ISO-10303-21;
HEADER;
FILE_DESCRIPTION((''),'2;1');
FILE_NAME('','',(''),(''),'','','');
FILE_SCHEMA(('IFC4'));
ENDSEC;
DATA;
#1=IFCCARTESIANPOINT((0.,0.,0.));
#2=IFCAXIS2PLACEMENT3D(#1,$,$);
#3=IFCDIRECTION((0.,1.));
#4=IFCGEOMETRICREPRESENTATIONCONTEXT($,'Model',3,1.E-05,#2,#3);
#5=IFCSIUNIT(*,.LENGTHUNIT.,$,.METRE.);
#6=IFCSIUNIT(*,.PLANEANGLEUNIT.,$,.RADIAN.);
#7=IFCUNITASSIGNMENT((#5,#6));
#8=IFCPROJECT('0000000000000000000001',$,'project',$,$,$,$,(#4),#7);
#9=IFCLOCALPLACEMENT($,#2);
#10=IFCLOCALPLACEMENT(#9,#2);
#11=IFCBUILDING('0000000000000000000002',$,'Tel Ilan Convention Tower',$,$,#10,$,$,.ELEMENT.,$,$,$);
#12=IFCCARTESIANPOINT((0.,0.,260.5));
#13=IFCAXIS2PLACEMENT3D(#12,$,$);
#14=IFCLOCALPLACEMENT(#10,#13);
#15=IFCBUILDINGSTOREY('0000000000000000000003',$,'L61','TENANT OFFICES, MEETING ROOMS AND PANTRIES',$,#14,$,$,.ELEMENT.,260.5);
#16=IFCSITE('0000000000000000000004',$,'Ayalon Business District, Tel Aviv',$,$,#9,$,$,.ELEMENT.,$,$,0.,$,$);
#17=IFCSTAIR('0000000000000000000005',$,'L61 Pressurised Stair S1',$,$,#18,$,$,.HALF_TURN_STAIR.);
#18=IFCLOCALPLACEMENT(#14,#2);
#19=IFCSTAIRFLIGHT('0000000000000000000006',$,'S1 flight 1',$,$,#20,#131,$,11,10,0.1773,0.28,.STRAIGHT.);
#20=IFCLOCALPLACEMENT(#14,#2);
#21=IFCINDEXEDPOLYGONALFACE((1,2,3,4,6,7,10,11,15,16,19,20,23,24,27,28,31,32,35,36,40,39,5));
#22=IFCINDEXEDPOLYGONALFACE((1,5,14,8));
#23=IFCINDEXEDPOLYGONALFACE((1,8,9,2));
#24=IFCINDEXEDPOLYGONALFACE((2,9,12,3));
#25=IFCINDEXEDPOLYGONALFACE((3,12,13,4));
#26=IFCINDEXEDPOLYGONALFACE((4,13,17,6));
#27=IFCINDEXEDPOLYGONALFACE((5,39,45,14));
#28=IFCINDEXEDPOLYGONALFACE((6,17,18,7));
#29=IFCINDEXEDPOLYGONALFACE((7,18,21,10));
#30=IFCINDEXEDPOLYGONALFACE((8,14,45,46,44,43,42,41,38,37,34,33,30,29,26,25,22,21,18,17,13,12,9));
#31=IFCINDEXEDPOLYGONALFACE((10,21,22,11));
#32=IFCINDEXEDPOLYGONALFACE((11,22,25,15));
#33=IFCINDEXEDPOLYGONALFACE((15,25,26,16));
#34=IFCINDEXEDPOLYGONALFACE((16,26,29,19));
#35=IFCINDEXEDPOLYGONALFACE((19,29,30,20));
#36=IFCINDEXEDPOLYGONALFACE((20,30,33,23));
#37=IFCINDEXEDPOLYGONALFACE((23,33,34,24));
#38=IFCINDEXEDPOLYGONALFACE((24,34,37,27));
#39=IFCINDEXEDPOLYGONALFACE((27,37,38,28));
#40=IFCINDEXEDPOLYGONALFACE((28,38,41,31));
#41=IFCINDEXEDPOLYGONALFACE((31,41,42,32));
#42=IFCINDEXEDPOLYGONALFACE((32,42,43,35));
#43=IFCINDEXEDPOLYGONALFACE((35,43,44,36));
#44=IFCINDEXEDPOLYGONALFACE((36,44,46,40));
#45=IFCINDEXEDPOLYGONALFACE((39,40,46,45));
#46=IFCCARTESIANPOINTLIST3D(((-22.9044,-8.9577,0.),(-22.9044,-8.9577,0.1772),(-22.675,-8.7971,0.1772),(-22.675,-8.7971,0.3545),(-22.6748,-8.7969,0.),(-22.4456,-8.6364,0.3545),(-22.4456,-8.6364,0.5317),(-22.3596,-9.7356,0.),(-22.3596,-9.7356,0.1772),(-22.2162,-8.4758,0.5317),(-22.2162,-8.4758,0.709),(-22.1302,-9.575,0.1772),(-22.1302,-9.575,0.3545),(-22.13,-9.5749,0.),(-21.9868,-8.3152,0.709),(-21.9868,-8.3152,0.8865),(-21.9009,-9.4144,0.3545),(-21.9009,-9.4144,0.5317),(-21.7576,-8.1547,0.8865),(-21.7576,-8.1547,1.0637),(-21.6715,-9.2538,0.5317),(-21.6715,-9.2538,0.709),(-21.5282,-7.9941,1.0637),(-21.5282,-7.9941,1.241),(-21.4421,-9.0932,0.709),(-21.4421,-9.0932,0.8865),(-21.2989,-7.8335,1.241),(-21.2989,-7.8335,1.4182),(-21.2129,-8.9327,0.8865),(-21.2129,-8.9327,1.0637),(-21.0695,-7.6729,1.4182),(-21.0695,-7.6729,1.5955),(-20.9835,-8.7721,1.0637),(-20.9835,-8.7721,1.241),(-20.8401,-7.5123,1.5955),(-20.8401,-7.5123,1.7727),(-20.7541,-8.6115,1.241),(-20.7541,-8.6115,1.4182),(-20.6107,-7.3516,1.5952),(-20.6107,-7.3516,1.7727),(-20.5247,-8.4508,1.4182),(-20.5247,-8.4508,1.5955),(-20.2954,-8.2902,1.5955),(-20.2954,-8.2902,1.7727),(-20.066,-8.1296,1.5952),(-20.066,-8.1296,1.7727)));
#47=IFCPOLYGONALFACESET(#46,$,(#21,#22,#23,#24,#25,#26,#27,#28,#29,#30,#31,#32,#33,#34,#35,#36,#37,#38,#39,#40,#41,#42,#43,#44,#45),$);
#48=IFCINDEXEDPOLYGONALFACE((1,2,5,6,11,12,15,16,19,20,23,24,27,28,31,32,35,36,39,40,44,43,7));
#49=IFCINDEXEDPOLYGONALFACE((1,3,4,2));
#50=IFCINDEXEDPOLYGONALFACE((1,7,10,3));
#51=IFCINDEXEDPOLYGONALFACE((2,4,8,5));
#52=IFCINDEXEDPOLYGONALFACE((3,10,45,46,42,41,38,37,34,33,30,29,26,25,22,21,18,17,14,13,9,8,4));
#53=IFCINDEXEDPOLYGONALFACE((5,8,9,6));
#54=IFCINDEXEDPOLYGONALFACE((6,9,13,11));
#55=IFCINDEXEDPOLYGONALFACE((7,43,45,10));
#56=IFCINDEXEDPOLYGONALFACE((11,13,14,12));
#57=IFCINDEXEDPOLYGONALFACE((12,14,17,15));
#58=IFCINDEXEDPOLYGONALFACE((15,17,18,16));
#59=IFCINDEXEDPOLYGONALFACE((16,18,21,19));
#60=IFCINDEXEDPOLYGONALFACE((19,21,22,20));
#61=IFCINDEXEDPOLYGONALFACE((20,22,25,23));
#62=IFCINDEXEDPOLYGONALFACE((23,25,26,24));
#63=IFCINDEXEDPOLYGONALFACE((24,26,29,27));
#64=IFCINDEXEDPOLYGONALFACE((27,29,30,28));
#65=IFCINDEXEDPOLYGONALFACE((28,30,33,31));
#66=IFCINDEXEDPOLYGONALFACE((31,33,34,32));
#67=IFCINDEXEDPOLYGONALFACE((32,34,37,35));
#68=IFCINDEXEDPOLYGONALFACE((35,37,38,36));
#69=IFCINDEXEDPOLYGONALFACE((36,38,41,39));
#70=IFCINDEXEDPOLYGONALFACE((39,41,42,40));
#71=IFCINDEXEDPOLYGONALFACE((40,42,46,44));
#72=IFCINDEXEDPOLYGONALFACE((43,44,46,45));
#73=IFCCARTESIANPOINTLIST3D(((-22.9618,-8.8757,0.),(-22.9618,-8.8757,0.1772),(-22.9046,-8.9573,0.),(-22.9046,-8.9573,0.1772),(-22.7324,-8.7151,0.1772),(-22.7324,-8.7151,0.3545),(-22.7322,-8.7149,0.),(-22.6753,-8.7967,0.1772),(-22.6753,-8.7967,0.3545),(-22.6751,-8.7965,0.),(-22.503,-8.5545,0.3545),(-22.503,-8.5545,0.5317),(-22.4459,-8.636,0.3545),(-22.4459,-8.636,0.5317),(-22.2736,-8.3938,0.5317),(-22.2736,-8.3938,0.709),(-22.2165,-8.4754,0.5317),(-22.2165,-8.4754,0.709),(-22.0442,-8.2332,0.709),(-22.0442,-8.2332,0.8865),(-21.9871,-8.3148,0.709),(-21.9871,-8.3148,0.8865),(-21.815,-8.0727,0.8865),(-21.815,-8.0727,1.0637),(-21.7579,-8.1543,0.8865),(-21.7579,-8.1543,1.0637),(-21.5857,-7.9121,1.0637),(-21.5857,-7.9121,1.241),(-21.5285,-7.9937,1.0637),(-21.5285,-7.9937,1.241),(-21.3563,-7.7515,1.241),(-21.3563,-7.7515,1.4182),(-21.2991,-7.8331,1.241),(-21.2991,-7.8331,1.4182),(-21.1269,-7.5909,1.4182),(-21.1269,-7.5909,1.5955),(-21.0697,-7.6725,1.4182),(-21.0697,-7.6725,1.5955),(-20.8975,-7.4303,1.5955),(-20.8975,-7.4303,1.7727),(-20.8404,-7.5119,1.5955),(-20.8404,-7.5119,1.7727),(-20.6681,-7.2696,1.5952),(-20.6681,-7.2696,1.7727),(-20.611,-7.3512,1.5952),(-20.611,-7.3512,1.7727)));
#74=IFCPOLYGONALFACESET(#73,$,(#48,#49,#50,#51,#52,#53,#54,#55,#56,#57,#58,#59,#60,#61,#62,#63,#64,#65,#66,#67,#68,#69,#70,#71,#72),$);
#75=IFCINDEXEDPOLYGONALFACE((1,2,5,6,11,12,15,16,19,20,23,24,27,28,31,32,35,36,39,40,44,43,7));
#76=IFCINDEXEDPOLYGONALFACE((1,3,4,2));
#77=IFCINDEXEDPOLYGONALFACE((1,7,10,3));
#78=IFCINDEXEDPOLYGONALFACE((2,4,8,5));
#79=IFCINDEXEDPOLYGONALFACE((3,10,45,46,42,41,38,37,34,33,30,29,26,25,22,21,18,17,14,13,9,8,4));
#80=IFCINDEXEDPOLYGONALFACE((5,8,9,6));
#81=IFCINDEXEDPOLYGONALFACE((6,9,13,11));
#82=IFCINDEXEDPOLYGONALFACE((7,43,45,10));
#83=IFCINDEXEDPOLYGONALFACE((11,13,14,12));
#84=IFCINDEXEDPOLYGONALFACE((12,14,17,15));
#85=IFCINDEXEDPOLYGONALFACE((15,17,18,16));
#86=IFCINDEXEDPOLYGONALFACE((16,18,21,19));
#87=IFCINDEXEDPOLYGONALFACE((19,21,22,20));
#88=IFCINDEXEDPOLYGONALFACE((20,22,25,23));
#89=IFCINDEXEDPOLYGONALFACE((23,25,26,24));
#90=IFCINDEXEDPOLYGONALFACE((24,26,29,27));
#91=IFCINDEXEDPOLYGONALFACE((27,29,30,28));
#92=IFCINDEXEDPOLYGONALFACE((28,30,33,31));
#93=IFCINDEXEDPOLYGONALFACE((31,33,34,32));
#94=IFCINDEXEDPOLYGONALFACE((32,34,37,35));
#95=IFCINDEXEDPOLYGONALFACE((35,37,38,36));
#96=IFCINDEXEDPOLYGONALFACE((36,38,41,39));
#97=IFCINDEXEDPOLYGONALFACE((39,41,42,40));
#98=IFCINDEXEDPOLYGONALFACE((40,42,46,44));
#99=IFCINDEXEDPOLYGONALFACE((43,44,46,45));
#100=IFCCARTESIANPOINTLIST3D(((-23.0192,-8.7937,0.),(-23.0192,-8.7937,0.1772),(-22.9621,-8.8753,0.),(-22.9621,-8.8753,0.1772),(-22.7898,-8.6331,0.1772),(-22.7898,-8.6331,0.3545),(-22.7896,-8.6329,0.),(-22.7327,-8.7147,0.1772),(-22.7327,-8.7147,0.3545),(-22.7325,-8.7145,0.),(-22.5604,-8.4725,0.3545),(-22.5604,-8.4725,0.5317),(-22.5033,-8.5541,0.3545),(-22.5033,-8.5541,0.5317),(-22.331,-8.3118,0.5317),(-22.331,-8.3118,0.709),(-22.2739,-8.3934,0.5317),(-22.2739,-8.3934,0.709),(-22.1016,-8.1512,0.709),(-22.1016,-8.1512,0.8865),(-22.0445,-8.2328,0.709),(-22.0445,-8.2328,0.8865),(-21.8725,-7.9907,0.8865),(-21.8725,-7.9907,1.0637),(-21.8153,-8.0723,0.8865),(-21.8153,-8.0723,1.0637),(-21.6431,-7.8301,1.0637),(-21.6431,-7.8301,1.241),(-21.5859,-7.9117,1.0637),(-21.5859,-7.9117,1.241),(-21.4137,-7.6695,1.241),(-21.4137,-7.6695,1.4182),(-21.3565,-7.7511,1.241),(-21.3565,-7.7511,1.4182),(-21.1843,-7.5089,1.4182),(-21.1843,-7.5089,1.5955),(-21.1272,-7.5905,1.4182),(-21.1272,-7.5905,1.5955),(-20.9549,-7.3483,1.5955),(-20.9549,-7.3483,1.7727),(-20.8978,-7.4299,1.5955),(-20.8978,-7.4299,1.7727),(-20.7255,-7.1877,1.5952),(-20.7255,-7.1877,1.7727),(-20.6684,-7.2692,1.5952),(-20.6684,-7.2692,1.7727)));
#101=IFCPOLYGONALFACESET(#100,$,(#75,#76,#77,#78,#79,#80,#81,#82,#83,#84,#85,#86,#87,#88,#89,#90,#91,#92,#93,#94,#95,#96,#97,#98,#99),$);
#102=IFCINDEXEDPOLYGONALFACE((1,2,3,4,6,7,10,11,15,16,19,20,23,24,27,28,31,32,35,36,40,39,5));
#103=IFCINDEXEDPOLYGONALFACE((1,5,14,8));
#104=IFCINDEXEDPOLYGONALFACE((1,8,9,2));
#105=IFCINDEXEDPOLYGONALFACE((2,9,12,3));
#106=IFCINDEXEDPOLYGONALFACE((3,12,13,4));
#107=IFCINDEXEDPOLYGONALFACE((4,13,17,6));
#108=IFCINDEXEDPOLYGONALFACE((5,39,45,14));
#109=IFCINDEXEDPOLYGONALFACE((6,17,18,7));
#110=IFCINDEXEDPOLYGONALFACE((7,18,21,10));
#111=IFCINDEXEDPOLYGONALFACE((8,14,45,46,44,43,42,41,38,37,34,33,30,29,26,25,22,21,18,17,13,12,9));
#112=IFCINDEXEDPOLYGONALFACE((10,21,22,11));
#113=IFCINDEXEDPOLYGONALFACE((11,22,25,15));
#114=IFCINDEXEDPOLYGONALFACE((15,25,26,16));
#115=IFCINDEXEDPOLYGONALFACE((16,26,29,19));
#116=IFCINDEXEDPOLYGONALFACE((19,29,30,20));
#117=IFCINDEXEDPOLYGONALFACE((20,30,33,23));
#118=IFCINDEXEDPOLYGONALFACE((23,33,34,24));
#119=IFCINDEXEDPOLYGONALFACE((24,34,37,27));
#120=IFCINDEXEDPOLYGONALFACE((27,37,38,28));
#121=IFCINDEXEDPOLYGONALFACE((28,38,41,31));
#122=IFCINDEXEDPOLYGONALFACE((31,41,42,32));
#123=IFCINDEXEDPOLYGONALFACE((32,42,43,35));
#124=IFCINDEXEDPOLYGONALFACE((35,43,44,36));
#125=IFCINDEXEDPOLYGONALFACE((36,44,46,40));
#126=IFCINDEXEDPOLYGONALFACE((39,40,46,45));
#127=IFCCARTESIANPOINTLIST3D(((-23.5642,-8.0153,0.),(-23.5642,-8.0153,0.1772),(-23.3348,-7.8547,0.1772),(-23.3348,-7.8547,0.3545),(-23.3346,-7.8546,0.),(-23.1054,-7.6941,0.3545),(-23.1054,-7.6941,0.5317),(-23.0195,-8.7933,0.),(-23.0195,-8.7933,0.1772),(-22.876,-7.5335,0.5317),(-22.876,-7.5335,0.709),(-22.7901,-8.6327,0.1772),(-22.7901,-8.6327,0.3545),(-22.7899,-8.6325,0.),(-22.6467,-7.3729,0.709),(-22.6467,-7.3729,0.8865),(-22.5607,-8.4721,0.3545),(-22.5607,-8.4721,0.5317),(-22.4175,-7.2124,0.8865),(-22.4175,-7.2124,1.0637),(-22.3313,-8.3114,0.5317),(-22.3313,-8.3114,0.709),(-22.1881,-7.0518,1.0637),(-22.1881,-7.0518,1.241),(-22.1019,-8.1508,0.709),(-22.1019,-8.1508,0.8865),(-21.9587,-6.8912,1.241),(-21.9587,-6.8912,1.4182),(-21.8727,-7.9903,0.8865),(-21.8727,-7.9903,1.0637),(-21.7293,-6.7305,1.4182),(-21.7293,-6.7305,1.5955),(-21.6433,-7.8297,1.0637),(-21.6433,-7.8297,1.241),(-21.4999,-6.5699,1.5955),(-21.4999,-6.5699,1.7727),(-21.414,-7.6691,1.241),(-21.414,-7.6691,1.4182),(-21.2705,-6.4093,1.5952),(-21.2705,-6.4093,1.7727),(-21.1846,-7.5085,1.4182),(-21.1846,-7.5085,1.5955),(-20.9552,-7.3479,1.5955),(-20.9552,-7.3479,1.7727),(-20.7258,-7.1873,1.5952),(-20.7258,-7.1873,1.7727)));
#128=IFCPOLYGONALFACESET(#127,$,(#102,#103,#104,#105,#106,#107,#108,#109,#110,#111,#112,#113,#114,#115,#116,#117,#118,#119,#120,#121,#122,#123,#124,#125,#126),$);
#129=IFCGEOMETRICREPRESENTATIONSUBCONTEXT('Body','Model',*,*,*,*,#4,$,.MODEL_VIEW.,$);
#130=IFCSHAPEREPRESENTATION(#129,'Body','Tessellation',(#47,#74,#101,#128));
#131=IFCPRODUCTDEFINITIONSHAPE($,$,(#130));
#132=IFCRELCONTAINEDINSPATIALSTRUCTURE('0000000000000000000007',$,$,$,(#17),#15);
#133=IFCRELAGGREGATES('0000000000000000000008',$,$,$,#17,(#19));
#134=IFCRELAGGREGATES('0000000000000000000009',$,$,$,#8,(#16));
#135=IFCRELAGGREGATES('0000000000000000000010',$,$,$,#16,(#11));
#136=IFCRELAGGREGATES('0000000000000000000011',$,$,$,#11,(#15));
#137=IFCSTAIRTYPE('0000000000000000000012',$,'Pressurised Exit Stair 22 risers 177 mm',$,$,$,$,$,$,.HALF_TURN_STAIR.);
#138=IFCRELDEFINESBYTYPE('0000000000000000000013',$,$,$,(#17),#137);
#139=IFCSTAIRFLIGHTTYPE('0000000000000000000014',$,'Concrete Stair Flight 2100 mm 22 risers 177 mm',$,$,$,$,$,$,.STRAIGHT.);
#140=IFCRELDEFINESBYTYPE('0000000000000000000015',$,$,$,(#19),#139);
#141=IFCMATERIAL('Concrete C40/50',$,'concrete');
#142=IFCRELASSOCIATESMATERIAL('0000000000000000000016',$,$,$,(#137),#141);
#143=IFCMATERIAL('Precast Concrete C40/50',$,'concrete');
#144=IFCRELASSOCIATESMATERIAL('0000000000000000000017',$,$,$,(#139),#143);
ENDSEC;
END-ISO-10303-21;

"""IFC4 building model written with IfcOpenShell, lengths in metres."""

from ifc_helpers import new_model, si_unit, direction, frame, origin, place, context, subcontext, project, spatial, polyline, outline, extrude, material, type_object, element, aggregate, save


model = new_model("IFC4")

# Units and contexts
model_context = context("Model", 3, precision=1e-05, world=origin(), true_north=direction((0.0, 1.0)))
body_context = subcontext(model_context, "Body", "Model", "MODEL_VIEW")
ifc_project = project(units=[si_unit("LENGTHUNIT", "METRE"), si_unit("PLANEANGLEUNIT", "RADIAN")], contexts=[model_context])

# Site, building, storey
site_placement = place(None, origin())
site = spatial("IfcSite", under=ifc_project, at=site_placement, Name="Ayalon Business District, Tel Aviv", CompositionType="ELEMENT", RefElevation=0.0)
building_placement = place(site_placement, origin())
building = spatial("IfcBuilding", under=site, at=building_placement, Name="Tel Ilan Convention Tower", CompositionType="ELEMENT")
storey_placement = place(building_placement, frame((0.0, 0.0, 260.5)))
storey = spatial("IfcBuildingStorey", under=building, at=storey_placement, Name="L61", Description="TENANT OFFICES, MEETING ROOMS AND PANTRIES", CompositionType="ELEMENT", Elevation=260.5)

# Stair, stair flight
ifc_material_1 = material(Name="Concrete C40/50", Category="concrete")
stair_type = type_object("IfcStairType", Name="Pressurised Exit Stair 22 risers 177 mm", PredefinedType="HALF_TURN_STAIR", material=ifc_material_1)
stair_1_placement = place(storey_placement, origin())
stair_1 = element("IfcStair", 1, at=stair_1_placement, inside=storey, type_object=stair_type, Name="L61 Pressurised Stair S1", PredefinedType="HALF_TURN_STAIR")
ifc_material_2 = material(Name="Precast Concrete C40/50", Category="concrete")
stair_flight_type = type_object("IfcStairFlightType", Name="Concrete Stair Flight 2100 mm 22 risers 177 mm", PredefinedType="STRAIGHT", material=ifc_material_2)
stair_flight_1_placement = place(storey_placement, frame((-22.9619, -8.8755, 0.0), z_axis=(0.0, 0.0, 1.0), x_axis=(0.819152, 0.573576, 0.0)))
stair_flight_1 = element("IfcStairFlight", 2, at=stair_flight_1_placement, type_object=stair_flight_type, Name="S1 flight 1", NumberOfRisers=11, NumberOfTreads=10, PredefinedType="STRAIGHT", RiserHeight=0.1773, TreadLength=0.28, context=body_context, shape_type="SweptSolid", body=[
    extrude(outline(polyline([(0.0, 0.0), (0.0, 0.1772), (0.28, 0.1772), (0.28, 0.3545), (0.5601, 0.3545), (0.5601, 0.5317), (0.8401, 0.5317), (0.8401, 0.709), (1.1201, 0.709), (1.1201, 0.8865), (1.3999, 0.8865), (1.3999, 1.0637), (1.6799, 1.0637), (1.6799, 1.241), (1.96, 1.241), (1.96, 1.4182), (2.24, 1.4182), (2.24, 1.5955), (2.52, 1.5955), (2.52, 1.7727), (2.8, 1.7727), (2.8, 1.95), (2.8, 1.5952), (0.2803, 0.0), (0.0, 0.0)])), frame((0.0, -0.1003, 0.0), z_axis=(0.0, -1.0, 0.0), x_axis=(1.0, 0.0, 0.0)), (0.0, 0.0, 1.0), 0.9497),
    extrude(outline(polyline([(0.0, 0.0), (0.0, 0.1772), (0.28, 0.1772), (0.28, 0.3545), (0.5601, 0.3545), (0.5601, 0.5317), (0.8401, 0.5317), (0.8401, 0.709), (1.1201, 0.709), (1.1201, 0.8865), (1.3999, 0.8865), (1.3999, 1.0637), (1.6799, 1.0637), (1.6799, 1.241), (1.96, 1.241), (1.96, 1.4182), (2.24, 1.4182), (2.24, 1.5955), (2.52, 1.5955), (2.52, 1.7727), (2.8, 1.7727), (2.8, 1.95), (2.8, 1.5952), (0.2803, 0.0), (0.0, 0.0)])), frame((0.0, -0.0002, 0.0), z_axis=(0.0, -1.0, 0.0), x_axis=(1.0, 0.0, 0.0)), (0.0, 0.0, 1.0), 0.0996),
    extrude(outline(polyline([(0.0, 0.0), (0.0, 0.1772), (0.28, 0.1772), (0.28, 0.3545), (0.5601, 0.3545), (0.5601, 0.5317), (0.8401, 0.5317), (0.8401, 0.709), (1.1201, 0.709), (1.1201, 0.8865), (1.3999, 0.8865), (1.3999, 1.0637), (1.6799, 1.0637), (1.6799, 1.241), (1.96, 1.241), (1.96, 1.4182), (2.24, 1.4182), (2.24, 1.5955), (2.52, 1.5955), (2.52, 1.7727), (2.8, 1.7727), (2.8, 1.95), (2.8, 1.5952), (0.2803, 0.0), (0.0, 0.0)])), frame((0.0, 0.0999, 0.0), z_axis=(0.0, -1.0, 0.0), x_axis=(1.0, 0.0, 0.0)), (0.0, 0.0, 1.0), 0.0996),
    extrude(outline(polyline([(0.0, 0.0), (0.0, 0.1772), (0.28, 0.1772), (0.28, 0.3545), (0.5601, 0.3545), (0.5601, 0.5317), (0.8401, 0.5317), (0.8401, 0.709), (1.1201, 0.709), (1.1201, 0.8865), (1.3999, 0.8865), (1.3999, 1.0637), (1.6799, 1.0637), (1.6799, 1.241), (1.96, 1.241), (1.96, 1.4182), (2.24, 1.4182), (2.24, 1.5955), (2.52, 1.5955), (2.52, 1.7727), (2.8, 1.7727), (2.8, 1.95), (2.8, 1.5952), (0.2803, 0.0), (0.0, 0.0)])), frame((0.0, 1.05, 0.0), z_axis=(0.0, -1.0, 0.0), x_axis=(1.0, 0.0, 0.0)), (0.0, 0.0, 1.0), 0.9497),
])
aggregate(stair_1, [stair_flight_1])

save(model, "model.ifc")
